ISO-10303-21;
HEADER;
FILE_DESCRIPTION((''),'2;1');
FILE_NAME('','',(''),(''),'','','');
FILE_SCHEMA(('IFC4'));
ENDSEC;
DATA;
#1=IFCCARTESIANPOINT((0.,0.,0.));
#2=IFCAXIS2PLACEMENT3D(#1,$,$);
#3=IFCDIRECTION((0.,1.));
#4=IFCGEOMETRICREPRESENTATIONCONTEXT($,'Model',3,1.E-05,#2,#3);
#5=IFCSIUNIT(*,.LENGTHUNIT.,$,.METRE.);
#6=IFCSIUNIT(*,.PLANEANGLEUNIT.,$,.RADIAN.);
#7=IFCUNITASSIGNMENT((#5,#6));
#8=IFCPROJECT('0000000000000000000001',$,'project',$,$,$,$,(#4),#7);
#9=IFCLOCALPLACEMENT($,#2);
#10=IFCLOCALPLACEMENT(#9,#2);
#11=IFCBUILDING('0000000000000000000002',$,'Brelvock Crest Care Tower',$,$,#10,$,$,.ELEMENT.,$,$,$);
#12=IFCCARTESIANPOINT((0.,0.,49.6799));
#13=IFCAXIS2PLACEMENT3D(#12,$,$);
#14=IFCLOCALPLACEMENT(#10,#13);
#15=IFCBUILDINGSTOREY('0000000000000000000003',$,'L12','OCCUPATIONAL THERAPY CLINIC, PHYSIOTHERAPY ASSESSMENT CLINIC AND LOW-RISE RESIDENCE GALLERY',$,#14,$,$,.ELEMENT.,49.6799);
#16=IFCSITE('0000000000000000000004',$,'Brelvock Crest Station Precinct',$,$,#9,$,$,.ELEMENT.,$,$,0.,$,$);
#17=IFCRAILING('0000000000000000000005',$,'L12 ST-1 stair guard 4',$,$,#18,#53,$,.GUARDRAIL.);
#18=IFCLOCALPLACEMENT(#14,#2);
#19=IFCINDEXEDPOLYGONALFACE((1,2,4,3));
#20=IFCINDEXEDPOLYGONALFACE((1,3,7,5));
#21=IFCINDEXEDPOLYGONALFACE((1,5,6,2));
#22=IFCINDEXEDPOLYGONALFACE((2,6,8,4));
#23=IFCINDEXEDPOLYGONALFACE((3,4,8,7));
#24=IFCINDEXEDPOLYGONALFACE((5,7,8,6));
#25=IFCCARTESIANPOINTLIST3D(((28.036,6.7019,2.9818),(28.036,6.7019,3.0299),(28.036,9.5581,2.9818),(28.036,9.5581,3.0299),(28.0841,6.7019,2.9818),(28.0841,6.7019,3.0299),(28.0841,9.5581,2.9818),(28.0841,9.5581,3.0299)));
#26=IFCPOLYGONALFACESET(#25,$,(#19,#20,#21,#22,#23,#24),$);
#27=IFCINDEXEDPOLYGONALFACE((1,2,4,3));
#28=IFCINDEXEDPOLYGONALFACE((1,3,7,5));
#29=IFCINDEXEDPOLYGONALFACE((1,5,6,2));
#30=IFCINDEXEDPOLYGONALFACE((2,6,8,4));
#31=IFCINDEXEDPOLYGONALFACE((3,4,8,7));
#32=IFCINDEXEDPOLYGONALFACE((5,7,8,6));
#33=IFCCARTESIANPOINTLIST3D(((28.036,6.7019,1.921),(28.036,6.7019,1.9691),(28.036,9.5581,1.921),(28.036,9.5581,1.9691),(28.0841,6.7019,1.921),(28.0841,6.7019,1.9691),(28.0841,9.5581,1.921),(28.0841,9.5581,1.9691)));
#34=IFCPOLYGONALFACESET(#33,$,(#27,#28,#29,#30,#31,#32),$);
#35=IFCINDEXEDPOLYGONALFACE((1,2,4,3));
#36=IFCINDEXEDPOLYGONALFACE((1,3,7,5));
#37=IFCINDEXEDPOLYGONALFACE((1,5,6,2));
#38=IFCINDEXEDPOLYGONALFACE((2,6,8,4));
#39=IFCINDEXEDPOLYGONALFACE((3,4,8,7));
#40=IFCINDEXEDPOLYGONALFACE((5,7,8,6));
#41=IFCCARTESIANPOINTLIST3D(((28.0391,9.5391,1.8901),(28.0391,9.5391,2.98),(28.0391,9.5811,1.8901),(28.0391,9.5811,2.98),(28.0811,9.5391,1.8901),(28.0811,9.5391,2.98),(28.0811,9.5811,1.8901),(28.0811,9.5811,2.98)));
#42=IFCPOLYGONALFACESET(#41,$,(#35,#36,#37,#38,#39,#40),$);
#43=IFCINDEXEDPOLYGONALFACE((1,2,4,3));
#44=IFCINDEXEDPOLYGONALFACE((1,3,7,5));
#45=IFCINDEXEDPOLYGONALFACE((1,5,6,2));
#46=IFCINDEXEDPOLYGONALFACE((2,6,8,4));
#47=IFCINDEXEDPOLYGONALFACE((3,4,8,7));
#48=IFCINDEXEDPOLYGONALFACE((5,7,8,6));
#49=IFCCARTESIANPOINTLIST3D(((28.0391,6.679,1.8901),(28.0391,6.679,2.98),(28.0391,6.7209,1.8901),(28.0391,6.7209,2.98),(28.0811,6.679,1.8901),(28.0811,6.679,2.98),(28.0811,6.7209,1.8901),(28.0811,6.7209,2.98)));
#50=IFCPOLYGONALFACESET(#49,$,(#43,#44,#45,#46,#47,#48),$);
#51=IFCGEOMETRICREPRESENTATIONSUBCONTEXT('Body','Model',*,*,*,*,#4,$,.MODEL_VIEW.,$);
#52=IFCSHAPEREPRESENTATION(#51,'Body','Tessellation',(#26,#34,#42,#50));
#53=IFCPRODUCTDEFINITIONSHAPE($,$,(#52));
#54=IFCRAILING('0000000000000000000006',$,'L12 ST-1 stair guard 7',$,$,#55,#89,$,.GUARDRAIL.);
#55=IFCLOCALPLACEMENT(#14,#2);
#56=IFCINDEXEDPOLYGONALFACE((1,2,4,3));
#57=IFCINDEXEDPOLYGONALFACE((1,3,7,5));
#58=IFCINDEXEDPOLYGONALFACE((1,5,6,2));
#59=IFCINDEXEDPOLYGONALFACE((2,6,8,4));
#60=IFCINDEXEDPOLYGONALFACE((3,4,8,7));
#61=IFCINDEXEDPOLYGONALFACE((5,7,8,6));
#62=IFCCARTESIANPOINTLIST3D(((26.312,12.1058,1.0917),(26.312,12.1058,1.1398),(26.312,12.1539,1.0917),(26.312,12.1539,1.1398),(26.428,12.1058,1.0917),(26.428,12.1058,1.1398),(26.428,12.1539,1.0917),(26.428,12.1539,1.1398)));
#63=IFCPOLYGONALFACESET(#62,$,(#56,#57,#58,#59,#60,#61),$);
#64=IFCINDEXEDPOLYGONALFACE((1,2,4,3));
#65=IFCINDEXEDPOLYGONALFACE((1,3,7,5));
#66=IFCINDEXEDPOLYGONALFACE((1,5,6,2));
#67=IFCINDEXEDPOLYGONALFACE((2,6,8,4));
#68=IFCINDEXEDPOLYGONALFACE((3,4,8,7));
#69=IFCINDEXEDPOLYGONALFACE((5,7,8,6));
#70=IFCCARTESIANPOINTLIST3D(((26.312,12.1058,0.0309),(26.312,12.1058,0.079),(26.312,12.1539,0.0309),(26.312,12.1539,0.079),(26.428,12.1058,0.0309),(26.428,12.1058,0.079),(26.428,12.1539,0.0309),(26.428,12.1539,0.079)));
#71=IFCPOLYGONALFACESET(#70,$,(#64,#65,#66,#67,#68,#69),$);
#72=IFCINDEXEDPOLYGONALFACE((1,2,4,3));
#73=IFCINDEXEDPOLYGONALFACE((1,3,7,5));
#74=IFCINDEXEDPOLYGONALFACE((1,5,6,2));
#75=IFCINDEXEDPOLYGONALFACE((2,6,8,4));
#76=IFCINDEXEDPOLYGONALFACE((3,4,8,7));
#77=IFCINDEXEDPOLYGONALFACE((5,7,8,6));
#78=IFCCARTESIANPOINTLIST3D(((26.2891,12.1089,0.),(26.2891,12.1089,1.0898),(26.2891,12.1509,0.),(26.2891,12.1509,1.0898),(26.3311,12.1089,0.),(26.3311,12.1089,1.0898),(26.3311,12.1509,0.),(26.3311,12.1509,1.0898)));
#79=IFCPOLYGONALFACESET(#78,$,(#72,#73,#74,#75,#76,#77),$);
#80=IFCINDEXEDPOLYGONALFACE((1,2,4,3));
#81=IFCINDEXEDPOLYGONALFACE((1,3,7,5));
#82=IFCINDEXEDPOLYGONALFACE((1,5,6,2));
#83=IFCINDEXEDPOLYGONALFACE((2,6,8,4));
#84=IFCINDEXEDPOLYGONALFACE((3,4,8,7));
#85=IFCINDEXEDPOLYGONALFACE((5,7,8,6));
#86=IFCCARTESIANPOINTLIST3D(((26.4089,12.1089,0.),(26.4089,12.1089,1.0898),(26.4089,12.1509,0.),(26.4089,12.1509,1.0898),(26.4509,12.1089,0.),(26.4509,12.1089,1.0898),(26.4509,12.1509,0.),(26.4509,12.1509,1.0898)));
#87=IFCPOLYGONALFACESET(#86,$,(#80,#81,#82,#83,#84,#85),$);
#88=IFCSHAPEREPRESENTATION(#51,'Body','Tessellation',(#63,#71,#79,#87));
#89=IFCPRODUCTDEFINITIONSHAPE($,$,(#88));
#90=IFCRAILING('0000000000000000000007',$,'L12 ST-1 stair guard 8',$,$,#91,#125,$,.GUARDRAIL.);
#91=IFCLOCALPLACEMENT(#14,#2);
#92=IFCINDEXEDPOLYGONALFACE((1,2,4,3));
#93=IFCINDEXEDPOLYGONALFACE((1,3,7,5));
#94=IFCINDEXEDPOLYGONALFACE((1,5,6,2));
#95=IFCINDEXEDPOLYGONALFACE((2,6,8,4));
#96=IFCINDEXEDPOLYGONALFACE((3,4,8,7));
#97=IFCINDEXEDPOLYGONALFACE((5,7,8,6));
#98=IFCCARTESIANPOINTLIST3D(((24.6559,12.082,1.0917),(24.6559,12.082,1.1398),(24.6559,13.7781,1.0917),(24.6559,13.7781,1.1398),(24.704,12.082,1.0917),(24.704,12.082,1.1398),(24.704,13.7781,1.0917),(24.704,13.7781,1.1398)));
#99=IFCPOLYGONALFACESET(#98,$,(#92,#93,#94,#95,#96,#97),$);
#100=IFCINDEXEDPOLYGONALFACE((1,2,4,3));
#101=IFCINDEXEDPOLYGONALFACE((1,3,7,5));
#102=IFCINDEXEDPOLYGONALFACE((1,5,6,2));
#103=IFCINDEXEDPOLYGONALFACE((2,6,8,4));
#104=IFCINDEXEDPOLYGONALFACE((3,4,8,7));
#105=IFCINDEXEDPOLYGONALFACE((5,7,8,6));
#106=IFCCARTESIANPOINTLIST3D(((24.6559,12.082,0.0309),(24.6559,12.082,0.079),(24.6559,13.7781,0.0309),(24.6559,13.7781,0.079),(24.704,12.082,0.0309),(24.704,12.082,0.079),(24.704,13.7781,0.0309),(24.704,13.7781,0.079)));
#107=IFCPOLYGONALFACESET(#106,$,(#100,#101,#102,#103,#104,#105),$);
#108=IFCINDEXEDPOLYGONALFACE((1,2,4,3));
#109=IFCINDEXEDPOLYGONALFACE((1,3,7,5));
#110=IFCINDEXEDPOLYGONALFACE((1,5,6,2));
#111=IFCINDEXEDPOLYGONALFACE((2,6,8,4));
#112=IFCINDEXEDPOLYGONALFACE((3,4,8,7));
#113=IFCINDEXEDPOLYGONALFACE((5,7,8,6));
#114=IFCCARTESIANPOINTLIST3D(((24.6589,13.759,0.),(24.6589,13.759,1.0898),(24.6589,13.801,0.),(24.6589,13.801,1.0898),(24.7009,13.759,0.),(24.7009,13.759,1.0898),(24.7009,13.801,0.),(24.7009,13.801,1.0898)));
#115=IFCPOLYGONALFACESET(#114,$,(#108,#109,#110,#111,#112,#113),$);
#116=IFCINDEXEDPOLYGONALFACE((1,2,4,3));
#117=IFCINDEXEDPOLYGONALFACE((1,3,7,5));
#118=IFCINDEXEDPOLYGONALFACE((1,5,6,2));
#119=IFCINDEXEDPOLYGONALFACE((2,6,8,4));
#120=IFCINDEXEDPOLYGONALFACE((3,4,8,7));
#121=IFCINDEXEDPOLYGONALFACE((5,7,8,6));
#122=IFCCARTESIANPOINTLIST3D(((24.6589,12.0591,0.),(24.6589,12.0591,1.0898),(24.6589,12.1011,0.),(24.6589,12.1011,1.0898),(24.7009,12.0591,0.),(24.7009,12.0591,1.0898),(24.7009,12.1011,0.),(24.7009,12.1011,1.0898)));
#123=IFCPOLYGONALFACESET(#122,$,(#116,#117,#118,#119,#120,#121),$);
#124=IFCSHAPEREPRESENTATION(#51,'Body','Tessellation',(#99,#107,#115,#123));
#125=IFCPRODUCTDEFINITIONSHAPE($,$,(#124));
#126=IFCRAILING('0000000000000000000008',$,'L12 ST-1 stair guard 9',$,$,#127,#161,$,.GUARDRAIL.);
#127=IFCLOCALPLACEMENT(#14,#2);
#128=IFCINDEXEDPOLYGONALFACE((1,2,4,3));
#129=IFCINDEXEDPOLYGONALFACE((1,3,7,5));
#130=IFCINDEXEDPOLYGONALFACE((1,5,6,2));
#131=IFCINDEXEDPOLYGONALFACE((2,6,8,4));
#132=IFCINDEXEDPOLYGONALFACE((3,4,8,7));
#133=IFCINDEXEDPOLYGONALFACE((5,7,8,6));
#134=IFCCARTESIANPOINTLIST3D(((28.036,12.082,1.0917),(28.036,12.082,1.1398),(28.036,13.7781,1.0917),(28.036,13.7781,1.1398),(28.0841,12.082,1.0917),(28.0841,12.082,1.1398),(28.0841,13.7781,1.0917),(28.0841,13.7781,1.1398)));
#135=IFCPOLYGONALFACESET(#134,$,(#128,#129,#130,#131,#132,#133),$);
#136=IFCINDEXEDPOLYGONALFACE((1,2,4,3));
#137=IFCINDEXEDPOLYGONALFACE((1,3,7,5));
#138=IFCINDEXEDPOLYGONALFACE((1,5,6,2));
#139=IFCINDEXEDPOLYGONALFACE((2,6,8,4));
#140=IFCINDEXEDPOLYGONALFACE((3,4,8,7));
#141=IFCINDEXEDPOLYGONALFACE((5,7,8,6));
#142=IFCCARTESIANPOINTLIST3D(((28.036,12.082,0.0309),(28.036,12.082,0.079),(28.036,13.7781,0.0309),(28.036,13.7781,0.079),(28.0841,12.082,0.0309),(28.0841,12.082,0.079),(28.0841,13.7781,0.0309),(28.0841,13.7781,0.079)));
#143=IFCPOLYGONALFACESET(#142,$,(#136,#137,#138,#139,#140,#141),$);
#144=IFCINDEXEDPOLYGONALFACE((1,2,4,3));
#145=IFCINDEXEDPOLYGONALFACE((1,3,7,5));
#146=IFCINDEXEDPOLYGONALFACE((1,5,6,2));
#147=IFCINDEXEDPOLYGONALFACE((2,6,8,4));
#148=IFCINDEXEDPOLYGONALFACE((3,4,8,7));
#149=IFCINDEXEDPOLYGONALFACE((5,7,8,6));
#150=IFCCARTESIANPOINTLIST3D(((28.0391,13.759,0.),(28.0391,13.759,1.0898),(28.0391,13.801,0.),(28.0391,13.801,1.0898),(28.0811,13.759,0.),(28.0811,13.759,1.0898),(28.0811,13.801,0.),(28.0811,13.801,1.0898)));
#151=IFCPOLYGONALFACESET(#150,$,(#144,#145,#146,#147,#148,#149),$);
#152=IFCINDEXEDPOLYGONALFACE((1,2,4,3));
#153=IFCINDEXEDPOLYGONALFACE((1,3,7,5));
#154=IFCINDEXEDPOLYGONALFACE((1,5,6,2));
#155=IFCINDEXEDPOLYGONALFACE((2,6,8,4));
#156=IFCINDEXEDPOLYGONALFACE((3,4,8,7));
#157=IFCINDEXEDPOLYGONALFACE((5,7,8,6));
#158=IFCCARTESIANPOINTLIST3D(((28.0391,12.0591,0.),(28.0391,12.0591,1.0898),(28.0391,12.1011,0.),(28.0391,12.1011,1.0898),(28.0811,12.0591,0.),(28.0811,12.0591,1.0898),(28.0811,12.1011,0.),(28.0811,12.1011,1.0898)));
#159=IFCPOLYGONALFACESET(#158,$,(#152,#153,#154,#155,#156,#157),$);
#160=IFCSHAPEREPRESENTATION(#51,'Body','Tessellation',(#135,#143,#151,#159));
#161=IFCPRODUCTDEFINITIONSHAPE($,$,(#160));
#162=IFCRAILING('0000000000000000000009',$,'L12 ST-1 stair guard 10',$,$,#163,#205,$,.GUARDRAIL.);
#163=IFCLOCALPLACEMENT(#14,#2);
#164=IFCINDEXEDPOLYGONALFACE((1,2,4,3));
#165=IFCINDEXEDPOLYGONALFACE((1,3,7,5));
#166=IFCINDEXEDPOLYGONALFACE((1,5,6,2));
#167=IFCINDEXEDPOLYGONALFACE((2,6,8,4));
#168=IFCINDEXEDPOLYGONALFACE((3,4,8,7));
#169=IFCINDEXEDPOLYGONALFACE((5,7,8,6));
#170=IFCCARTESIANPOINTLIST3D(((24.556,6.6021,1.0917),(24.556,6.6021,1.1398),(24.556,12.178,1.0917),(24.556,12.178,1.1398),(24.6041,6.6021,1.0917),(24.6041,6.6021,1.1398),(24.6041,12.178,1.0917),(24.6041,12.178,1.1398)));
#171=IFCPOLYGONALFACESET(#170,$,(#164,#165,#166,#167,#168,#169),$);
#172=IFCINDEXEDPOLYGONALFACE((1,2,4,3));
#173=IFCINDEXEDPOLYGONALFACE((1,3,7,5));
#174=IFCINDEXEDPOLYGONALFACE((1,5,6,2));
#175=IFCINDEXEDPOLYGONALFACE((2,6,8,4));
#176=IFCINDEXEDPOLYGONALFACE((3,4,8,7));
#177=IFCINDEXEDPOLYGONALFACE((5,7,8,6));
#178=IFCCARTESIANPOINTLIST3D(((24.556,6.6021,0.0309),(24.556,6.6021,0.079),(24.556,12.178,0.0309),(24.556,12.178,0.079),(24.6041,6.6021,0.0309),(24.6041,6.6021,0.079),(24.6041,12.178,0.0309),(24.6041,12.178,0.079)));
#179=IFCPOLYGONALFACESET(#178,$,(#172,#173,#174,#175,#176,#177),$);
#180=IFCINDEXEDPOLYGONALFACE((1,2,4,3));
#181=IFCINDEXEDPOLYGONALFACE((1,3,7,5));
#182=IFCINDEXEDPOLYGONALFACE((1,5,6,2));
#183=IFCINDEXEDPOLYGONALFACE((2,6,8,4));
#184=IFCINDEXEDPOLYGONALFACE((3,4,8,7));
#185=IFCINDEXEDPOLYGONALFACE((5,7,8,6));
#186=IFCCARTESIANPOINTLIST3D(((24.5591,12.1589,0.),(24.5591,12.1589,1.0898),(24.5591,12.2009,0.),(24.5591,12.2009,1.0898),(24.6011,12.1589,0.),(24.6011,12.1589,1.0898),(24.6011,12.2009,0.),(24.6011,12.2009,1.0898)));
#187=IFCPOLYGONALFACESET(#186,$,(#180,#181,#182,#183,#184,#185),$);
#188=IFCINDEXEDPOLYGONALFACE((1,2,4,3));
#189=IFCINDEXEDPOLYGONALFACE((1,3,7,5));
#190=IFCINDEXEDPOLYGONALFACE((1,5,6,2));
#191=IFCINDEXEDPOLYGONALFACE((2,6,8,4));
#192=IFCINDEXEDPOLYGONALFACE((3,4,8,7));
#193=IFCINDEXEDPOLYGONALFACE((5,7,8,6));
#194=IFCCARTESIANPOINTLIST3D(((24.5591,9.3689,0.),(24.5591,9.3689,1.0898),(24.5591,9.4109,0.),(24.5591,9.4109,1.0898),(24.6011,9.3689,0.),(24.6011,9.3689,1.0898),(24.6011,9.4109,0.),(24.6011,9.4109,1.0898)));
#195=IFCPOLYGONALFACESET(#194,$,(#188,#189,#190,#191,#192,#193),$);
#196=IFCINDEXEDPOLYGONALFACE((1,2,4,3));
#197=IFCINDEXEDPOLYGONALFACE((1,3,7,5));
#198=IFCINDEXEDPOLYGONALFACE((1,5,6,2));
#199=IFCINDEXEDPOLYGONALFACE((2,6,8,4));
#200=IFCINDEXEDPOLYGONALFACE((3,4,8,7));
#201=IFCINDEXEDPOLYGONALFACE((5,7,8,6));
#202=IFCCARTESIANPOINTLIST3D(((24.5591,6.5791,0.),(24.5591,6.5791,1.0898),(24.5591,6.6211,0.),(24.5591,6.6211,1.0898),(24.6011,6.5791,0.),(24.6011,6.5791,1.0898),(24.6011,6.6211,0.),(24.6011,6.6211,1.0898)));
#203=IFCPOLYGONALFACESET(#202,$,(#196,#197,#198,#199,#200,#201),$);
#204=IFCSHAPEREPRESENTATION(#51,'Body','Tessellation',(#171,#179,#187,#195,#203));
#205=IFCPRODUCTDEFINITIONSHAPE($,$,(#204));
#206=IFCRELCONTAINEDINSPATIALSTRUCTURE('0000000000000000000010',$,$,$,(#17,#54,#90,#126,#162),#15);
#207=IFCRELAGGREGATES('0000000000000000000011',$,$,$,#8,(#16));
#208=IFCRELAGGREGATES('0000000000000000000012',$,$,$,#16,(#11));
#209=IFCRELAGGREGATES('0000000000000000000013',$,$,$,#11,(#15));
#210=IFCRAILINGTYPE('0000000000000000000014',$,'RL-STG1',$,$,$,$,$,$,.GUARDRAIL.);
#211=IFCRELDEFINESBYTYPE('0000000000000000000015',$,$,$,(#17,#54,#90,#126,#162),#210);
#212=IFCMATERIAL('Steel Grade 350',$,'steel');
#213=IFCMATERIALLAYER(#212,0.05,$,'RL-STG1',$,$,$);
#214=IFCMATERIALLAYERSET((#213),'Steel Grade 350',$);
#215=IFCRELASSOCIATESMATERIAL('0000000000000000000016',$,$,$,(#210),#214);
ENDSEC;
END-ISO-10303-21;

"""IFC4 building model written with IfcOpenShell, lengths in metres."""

from ifc_helpers import new_model, si_unit, direction, frame, origin, origin_2d, place, context, subcontext, project, spatial, rectangle, extrude, material, layer, layer_set, type_object, element, save


model = new_model("IFC4")

# Units and contexts
model_context = context("Model", 3, precision=1e-05, world=origin(), true_north=direction((0.0, 1.0)))
body_context = subcontext(model_context, "Body", "Model", "MODEL_VIEW")
ifc_project = project(units=[si_unit("LENGTHUNIT", "METRE"), si_unit("PLANEANGLEUNIT", "RADIAN")], contexts=[model_context])

# Site, building, storey
site_placement = place(None, origin())
site = spatial("IfcSite", under=ifc_project, at=site_placement, Name="Brelvock Crest Station Precinct", CompositionType="ELEMENT", RefElevation=0.0)
building_placement = place(site_placement, origin())
building = spatial("IfcBuilding", under=site, at=building_placement, Name="Brelvock Crest Care Tower", CompositionType="ELEMENT")
storey_placement = place(building_placement, frame((0.0, 0.0, 49.6799)))
storey = spatial("IfcBuildingStorey", under=building, at=storey_placement, Name="L12", Description="OCCUPATIONAL THERAPY CLINIC, PHYSIOTHERAPY ASSESSMENT CLINIC AND LOW-RISE RESIDENCE GALLERY", CompositionType="ELEMENT", Elevation=49.6799)

# Shared definitions
ifc_material_1 = material(Name="Steel Grade 350", Category="steel")

# Railings
ifc_layer_1 = layer(ifc_material_1, 0.05, Name="RL-STG1")
ifc_layer_set_1 = layer_set([ifc_layer_1], Name="Steel Grade 350")
railing_type_1 = type_object("IfcRailingType", Name="RL-STG1", PredefinedType="GUARDRAIL", material=ifc_layer_set_1)
railing_1_placement = place(storey_placement, frame((28.0601, 9.5601, 1.8901)))
element("IfcRailing", 1, at=railing_1_placement, inside=storey, type_object=railing_type_1, Name="L12 ST-1 stair guard 4", PredefinedType="GUARDRAIL", context=body_context, shape_type="SweptSolid", body=[
    extrude(rectangle(XDim=0.0481, YDim=0.0481, at=origin_2d()), frame((0.0, -0.002, 1.1157), z_axis=(0.0, -1.0, 0.0), x_axis=(1.0, 0.0, 0.0)), (0.0, 0.0, 1.0), 2.8562),
    extrude(rectangle(XDim=0.0481, YDim=0.0481, at=origin_2d()), frame((0.0, -0.002, 0.0549), z_axis=(0.0, -1.0, 0.0), x_axis=(1.0, 0.0, 0.0)), (0.0, 0.0, 1.0), 2.8562),
    extrude(rectangle(XDim=0.042, YDim=0.042, at=origin_2d()), origin(), (0.0, 0.0, 1.0), 1.0898),
    extrude(rectangle(XDim=0.042, YDim=0.042, at=origin_2d()), frame((0.0, -2.8601, 0.0)), (0.0, 0.0, 1.0), 1.0898),
])
railing_2_placement = place(storey_placement, frame((26.3101, 12.1299, 0.0)))
element("IfcRailing", 2, at=railing_2_placement, inside=storey, type_object=railing_type_1, Name="L12 ST-1 stair guard 7", PredefinedType="GUARDRAIL", context=body_context, shape_type="SweptSolid", body=[
    extrude(rectangle(XDim=0.0481, YDim=0.0481, at=origin_2d()), frame((0.002, 0.0, 1.1157), z_axis=(1.0, 0.0, 0.0), x_axis=(0.0, 1.0, 0.0)), (0.0, 0.0, 1.0), 0.116),
    extrude(rectangle(XDim=0.0481, YDim=0.0481, at=origin_2d()), frame((0.002, 0.0, 0.0549), z_axis=(1.0, 0.0, 0.0), x_axis=(0.0, 1.0, 0.0)), (0.0, 0.0, 1.0), 0.116),
    extrude(rectangle(XDim=0.042, YDim=0.042, at=origin_2d()), origin(), (0.0, 0.0, 1.0), 1.0898),
    extrude(rectangle(XDim=0.042, YDim=0.042, at=origin_2d()), frame((0.1199, 0.0, 0.0)), (0.0, 0.0, 1.0), 1.0898),
])
for number, where, name in (
    (3, (24.6799, 13.78, 0.0), "L12 ST-1 stair guard 8"),
    (4, (28.0601, 13.78, 0.0), "L12 ST-1 stair guard 9"),
):
    element("IfcRailing", number, at=place(storey_placement, frame(where)), inside=storey, type_object=railing_type_1, Name=name, PredefinedType="GUARDRAIL", context=body_context, shape_type="SweptSolid", body=[
        extrude(rectangle(XDim=0.0481, YDim=0.0481, at=origin_2d()), frame((0.0, -0.002, 1.1157), z_axis=(0.0, -1.0, 0.0), x_axis=(1.0, 0.0, 0.0)), (0.0, 0.0, 1.0), 1.696),
        extrude(rectangle(XDim=0.0481, YDim=0.0481, at=origin_2d()), frame((0.0, -0.002, 0.0549), z_axis=(0.0, -1.0, 0.0), x_axis=(1.0, 0.0, 0.0)), (0.0, 0.0, 1.0), 1.696),
        extrude(rectangle(XDim=0.042, YDim=0.042, at=origin_2d()), origin(), (0.0, 0.0, 1.0), 1.0898),
        extrude(rectangle(XDim=0.042, YDim=0.042, at=origin_2d()), frame((0.0, -1.7, 0.0)), (0.0, 0.0, 1.0), 1.0898),
    ])
for number, where, name in (
    (5, (24.5801, 12.1799, 0.0), "L12 ST-1 stair guard 10"),
):
    element("IfcRailing", number, at=place(storey_placement, frame(where)), inside=storey, type_object=railing_type_1, Name=name, PredefinedType="GUARDRAIL", context=body_context, shape_type="SweptSolid", body=[
        extrude(rectangle(XDim=0.0481, YDim=0.0481, at=origin_2d()), frame((0.0, -0.002, 1.1157), z_axis=(0.0, -1.0, 0.0), x_axis=(1.0, 0.0, 0.0)), (0.0, 0.0, 1.0), 5.5759),
        extrude(rectangle(XDim=0.0481, YDim=0.0481, at=origin_2d()), frame((0.0, -0.002, 0.0549), z_axis=(0.0, -1.0, 0.0), x_axis=(1.0, 0.0, 0.0)), (0.0, 0.0, 1.0), 5.5759),
        extrude(rectangle(XDim=0.042, YDim=0.042, at=origin_2d()), origin(), (0.0, 0.0, 1.0), 1.0898),
        extrude(rectangle(XDim=0.042, YDim=0.042, at=origin_2d()), frame((0.0, -2.79, 0.0)), (0.0, 0.0, 1.0), 1.0898),
        extrude(rectangle(XDim=0.042, YDim=0.042, at=origin_2d()), frame((0.0, -5.5798, 0.0)), (0.0, 0.0, 1.0), 1.0898),
    ])

save(model, "model.ifc")
